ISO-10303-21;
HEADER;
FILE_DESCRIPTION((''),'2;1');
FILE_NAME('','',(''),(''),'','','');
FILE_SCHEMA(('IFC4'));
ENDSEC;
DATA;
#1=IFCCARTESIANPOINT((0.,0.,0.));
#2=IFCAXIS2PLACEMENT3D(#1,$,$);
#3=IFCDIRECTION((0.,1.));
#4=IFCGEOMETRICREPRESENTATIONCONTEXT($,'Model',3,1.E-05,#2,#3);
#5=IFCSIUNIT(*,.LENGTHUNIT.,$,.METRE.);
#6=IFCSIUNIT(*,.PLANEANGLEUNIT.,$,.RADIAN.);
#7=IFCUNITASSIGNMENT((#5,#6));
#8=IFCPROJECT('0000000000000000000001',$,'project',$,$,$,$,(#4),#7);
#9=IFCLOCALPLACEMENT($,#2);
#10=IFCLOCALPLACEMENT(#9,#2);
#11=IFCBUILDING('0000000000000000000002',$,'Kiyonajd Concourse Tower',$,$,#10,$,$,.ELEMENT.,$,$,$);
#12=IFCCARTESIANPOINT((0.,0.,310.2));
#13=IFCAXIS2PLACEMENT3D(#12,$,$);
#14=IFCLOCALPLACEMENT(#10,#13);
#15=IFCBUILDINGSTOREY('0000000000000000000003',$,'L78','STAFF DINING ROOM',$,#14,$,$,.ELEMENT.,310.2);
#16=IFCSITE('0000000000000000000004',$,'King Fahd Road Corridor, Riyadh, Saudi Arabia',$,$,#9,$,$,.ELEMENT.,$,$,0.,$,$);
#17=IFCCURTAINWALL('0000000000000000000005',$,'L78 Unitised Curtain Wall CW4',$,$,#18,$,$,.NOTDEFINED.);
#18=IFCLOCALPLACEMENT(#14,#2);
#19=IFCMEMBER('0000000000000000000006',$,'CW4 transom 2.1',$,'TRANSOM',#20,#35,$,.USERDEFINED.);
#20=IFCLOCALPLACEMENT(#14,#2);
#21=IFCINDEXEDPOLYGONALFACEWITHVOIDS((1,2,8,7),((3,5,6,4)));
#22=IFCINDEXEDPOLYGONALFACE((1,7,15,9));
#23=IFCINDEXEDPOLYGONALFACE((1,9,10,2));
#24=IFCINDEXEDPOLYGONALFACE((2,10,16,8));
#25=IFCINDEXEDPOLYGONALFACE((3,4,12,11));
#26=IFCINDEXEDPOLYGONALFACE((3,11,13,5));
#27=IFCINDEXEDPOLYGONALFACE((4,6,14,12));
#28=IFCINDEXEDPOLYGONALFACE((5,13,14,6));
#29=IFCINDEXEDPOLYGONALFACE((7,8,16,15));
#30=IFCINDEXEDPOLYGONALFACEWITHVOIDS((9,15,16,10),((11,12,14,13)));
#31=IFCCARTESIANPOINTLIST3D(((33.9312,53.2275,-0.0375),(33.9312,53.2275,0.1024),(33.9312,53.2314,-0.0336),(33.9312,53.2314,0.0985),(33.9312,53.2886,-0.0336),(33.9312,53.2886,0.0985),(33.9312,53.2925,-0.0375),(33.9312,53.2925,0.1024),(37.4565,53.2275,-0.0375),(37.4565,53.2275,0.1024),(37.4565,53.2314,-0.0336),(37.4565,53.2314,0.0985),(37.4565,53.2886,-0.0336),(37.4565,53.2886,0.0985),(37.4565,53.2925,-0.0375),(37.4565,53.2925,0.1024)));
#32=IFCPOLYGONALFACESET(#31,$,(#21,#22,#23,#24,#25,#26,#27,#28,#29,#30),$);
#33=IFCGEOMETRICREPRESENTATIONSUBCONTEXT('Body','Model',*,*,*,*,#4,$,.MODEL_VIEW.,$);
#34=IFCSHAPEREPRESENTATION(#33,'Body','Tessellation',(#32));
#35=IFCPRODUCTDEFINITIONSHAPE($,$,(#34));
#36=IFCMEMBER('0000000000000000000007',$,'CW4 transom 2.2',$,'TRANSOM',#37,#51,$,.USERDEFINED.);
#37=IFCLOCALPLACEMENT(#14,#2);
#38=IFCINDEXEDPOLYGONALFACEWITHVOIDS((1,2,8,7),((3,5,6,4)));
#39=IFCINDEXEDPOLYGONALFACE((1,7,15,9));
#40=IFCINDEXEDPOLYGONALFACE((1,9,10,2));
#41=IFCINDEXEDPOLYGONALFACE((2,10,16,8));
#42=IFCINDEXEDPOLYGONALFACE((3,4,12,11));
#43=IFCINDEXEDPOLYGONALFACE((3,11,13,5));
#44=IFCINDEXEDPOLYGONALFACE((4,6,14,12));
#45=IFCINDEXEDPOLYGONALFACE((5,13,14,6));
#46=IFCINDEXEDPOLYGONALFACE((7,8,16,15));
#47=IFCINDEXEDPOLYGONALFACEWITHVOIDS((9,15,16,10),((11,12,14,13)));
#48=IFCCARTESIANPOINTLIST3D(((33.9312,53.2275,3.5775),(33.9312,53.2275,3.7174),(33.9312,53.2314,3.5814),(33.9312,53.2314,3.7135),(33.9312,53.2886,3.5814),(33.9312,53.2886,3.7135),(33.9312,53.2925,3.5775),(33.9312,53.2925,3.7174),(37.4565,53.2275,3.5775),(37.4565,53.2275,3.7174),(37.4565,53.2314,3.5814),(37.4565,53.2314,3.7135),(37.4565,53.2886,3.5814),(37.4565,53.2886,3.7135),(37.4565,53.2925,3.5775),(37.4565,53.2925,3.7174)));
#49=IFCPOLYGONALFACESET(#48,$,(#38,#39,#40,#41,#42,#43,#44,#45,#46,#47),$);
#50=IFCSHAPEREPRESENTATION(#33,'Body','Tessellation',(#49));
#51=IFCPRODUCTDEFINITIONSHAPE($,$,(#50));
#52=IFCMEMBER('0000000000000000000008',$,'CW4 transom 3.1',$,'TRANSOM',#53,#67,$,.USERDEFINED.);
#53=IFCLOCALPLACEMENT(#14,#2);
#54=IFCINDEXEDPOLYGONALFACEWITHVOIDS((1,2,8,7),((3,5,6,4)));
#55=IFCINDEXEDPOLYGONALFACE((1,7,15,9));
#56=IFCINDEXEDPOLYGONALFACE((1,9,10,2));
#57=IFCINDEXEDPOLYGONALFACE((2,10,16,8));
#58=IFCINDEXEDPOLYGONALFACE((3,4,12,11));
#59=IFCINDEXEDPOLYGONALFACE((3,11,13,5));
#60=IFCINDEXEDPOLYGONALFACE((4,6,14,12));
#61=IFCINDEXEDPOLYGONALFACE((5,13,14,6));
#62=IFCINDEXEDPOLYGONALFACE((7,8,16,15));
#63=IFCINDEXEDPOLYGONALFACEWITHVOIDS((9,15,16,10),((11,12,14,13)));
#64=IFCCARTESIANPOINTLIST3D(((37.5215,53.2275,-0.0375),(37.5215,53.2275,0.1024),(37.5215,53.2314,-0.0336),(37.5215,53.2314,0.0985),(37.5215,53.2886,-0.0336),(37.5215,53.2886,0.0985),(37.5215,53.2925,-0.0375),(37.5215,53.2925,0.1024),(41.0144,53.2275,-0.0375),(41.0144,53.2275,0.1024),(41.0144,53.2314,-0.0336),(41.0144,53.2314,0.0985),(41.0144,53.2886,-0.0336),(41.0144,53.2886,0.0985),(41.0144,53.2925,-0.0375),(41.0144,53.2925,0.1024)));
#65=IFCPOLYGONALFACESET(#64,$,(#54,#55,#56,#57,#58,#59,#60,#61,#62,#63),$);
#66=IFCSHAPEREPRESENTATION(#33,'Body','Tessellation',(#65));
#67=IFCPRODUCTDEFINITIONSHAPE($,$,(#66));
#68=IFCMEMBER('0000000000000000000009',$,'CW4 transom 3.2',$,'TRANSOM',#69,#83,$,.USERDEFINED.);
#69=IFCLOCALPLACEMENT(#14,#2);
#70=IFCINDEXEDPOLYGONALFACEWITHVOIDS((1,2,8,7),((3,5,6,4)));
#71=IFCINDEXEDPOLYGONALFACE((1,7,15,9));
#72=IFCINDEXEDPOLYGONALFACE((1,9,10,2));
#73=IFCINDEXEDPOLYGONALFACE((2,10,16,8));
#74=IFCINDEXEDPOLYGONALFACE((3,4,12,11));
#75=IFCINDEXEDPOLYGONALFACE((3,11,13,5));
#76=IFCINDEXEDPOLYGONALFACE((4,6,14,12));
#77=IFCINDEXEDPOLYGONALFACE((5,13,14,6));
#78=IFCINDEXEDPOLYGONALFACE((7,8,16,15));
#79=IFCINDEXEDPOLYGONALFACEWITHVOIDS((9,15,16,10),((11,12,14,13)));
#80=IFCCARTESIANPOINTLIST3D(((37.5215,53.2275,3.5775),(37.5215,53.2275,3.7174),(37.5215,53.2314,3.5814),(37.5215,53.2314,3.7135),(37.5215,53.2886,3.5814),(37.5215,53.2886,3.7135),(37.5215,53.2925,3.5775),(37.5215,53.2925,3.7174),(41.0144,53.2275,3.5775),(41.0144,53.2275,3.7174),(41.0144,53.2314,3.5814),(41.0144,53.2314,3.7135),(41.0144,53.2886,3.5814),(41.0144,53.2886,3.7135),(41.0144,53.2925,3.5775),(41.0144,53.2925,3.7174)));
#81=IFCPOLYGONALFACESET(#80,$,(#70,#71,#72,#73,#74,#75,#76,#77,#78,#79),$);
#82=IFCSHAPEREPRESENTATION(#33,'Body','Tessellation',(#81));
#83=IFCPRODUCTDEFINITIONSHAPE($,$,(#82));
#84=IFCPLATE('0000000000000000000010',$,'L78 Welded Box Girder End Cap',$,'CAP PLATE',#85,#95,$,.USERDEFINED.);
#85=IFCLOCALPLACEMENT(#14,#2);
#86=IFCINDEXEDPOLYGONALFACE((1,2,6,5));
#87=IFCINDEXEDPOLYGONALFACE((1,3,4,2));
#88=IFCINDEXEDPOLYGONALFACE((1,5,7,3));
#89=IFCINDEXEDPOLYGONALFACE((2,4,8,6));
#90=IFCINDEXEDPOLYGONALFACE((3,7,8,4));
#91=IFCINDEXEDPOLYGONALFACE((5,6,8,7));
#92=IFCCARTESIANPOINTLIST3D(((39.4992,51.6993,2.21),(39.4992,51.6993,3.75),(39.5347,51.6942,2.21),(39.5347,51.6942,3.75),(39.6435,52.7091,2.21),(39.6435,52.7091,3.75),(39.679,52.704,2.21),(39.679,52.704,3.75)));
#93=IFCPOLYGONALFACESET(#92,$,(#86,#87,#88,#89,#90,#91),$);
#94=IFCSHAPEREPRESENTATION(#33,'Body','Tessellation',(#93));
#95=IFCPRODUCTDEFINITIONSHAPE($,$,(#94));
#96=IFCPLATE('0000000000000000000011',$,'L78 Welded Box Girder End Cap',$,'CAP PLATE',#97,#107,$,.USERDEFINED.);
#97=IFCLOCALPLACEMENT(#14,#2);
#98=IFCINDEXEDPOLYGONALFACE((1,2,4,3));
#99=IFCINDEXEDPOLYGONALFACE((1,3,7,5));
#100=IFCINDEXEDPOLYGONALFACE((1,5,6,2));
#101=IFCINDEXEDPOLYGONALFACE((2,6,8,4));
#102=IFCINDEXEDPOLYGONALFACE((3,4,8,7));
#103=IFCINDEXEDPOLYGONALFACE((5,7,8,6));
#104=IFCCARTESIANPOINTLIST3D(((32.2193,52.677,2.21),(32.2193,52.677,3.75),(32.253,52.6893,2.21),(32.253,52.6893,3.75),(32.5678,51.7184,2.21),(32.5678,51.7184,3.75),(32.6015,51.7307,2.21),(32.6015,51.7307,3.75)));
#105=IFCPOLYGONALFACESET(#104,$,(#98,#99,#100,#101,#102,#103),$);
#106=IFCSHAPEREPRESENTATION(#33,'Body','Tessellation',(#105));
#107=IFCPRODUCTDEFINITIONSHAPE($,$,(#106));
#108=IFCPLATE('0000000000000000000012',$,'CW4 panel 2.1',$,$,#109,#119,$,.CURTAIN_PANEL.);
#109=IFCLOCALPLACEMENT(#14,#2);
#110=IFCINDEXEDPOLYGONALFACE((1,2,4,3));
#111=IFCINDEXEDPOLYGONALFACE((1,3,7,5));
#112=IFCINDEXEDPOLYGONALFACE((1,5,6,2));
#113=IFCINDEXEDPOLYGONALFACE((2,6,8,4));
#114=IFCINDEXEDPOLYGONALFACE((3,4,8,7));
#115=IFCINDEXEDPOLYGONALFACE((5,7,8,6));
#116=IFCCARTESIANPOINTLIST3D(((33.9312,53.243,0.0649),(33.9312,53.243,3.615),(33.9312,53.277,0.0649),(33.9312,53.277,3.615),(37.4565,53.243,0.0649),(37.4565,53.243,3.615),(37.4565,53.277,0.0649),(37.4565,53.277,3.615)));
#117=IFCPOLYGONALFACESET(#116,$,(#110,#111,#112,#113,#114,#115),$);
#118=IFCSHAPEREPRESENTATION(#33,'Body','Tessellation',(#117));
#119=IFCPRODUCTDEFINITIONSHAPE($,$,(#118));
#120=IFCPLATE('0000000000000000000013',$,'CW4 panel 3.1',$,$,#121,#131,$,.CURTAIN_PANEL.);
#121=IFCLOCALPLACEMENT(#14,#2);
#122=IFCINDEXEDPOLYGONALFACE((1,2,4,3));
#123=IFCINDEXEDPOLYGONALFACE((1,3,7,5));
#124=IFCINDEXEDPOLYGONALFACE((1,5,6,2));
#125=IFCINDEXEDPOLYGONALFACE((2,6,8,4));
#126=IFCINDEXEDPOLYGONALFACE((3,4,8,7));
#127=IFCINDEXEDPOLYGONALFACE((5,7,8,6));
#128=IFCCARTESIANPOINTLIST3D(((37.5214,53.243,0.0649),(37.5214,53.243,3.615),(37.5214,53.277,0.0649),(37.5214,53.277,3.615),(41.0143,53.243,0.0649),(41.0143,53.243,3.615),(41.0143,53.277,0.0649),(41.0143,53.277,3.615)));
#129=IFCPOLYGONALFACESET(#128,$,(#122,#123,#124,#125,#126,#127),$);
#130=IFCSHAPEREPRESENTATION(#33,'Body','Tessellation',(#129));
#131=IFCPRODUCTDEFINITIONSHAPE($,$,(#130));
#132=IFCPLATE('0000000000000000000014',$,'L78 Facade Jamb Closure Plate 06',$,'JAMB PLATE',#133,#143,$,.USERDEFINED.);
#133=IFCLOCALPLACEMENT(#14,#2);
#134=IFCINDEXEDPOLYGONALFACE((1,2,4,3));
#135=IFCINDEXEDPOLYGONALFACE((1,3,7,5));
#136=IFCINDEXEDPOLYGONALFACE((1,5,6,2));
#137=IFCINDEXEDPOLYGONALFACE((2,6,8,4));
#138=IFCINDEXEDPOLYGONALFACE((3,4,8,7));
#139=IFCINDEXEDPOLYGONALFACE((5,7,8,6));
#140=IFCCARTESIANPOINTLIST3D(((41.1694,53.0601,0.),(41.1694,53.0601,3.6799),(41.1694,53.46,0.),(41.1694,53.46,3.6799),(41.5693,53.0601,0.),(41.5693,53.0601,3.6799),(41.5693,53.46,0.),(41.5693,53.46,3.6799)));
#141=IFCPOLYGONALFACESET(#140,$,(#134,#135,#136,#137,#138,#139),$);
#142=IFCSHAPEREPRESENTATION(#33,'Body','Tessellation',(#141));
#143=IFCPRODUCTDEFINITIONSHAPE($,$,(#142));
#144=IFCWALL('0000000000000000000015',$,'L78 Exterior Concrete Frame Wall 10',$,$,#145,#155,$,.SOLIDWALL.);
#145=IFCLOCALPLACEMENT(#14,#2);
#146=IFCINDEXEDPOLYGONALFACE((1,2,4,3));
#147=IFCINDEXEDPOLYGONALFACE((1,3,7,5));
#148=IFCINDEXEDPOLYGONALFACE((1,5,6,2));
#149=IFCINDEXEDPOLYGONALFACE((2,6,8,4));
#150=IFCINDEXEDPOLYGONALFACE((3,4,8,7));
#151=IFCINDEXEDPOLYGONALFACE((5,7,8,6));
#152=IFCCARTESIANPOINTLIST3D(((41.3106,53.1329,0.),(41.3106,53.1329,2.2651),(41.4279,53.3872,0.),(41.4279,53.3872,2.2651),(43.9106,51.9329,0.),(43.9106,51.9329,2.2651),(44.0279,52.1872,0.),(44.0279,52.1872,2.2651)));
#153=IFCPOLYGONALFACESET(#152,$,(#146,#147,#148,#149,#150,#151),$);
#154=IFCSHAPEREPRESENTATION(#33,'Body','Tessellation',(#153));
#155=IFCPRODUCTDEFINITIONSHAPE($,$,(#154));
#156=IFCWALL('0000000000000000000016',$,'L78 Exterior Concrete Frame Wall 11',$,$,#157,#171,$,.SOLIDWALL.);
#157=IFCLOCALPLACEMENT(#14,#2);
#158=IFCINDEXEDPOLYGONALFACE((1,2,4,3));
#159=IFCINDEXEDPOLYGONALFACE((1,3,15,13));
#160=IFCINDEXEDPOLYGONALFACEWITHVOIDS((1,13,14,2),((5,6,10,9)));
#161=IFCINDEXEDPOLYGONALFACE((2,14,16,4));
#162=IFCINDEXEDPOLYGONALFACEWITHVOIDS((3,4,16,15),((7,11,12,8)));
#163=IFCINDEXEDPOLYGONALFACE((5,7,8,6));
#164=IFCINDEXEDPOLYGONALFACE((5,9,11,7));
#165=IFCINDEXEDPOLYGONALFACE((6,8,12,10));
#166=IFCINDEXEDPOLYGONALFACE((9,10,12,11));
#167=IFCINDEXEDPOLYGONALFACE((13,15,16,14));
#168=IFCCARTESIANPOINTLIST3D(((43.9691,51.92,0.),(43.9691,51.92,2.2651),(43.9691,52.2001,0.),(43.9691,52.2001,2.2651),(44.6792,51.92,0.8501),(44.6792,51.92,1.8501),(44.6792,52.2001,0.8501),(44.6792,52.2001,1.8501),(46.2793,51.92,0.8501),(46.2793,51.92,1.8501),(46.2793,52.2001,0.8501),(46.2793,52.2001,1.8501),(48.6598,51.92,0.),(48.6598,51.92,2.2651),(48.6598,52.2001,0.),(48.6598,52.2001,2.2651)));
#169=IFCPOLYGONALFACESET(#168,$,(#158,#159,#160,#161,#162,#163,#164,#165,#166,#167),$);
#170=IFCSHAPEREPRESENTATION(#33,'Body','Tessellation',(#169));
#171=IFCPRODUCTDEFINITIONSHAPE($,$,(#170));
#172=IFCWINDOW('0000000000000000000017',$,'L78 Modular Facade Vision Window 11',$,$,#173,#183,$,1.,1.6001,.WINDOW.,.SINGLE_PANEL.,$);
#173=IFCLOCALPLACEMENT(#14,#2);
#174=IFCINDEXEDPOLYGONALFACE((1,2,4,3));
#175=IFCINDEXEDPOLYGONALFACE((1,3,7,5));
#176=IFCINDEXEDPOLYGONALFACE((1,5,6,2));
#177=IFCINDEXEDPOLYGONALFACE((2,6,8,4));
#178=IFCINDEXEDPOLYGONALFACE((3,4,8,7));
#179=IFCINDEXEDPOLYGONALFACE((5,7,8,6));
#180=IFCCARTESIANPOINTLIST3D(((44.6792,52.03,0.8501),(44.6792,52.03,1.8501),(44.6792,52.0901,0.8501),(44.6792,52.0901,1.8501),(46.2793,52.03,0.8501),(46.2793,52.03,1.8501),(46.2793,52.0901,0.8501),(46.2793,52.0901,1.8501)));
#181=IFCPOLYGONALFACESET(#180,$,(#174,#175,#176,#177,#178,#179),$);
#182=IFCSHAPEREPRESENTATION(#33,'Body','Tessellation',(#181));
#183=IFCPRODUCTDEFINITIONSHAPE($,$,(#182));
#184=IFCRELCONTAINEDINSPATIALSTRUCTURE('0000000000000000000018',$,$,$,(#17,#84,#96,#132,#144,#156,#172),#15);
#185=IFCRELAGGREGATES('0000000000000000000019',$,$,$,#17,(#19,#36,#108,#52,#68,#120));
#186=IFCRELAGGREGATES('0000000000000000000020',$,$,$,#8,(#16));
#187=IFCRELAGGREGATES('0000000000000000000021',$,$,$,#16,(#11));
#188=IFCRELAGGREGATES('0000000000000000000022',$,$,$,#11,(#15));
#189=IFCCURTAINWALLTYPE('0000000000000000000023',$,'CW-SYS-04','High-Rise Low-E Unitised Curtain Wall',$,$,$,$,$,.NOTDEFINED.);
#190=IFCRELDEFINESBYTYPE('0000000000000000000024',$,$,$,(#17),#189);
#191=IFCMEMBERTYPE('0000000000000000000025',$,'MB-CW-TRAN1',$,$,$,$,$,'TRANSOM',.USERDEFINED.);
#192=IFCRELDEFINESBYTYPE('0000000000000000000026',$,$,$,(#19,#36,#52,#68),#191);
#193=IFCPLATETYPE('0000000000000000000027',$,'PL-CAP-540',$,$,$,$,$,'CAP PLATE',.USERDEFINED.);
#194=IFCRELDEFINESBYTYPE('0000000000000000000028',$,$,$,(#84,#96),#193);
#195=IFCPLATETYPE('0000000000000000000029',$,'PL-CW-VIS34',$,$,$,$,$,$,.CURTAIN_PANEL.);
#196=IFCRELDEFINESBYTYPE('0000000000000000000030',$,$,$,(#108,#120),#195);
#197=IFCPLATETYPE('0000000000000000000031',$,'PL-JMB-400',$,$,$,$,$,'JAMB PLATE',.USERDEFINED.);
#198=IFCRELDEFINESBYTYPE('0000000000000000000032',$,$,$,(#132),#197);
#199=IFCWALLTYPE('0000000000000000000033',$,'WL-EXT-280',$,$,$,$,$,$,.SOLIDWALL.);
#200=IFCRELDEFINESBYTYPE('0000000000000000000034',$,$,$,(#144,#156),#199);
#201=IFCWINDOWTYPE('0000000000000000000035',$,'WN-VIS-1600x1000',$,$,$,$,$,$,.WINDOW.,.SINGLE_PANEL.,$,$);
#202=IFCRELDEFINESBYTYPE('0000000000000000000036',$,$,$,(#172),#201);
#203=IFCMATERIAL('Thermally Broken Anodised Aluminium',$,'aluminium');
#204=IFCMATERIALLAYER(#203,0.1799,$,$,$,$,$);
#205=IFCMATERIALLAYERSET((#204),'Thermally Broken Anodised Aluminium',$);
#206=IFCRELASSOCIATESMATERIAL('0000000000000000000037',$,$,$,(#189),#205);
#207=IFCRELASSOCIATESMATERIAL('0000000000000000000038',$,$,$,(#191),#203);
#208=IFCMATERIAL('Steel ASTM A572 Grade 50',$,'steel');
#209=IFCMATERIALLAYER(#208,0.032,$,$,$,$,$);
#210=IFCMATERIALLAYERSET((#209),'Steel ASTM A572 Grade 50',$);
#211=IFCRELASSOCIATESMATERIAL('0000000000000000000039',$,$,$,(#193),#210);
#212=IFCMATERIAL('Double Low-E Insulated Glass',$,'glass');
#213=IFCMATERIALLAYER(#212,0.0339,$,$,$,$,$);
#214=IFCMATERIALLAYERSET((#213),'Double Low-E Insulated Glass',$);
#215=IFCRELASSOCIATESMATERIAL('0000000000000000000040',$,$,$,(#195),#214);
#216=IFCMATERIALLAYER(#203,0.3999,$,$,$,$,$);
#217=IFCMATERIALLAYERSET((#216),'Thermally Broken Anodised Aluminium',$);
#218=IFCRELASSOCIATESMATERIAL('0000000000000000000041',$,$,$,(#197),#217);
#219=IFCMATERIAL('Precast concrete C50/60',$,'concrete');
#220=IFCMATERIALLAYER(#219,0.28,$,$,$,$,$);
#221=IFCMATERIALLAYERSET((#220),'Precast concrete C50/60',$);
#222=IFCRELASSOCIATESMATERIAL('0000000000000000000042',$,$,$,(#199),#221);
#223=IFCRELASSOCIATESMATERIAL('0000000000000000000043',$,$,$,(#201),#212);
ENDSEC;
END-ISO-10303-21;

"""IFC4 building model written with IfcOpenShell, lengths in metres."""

from ifc_helpers import new_model, si_unit, direction, frame, frame_2d, origin, origin_2d, place, context, subcontext, project, spatial, rectangle, hollow_rectangle, extrude, material, layer, layer_set, material_profile, profile_set, type_object, element, fill, aggregate, save


model = new_model("IFC4")

# Units and contexts
model_context = context("Model", 3, precision=1e-05, world=origin(), true_north=direction((0.0, 1.0)))
body_context = subcontext(model_context, "Body", "Model", "MODEL_VIEW")
ifc_project = project(units=[si_unit("LENGTHUNIT", "METRE"), si_unit("PLANEANGLEUNIT", "RADIAN")], contexts=[model_context])

# Site, building, storey
site_placement = place(None, origin())
site = spatial("IfcSite", under=ifc_project, at=site_placement, Name="King Fahd Road Corridor, Riyadh, Saudi Arabia", CompositionType="ELEMENT", RefElevation=0.0)
building_placement = place(site_placement, origin())
building = spatial("IfcBuilding", under=site, at=building_placement, Name="Kiyonajd Concourse Tower", CompositionType="ELEMENT")
storey_placement = place(building_placement, frame((0.0, 0.0, 310.2)))
storey = spatial("IfcBuildingStorey", under=building, at=storey_placement, Name="L78", Description="STAFF DINING ROOM", CompositionType="ELEMENT", Elevation=310.2)

# Curtain wall, members
ifc_material_1 = material(Name="Thermally Broken Anodised Aluminium", Category="aluminium")
ifc_layer_1 = layer(ifc_material_1, 0.1799)
ifc_layer_set_1 = layer_set([ifc_layer_1], Name="Thermally Broken Anodised Aluminium")
curtain_wall_type = type_object("IfcCurtainWallType", Name="CW-SYS-04", Description="High-Rise Low-E Unitised Curtain Wall", PredefinedType="NOTDEFINED", material=ifc_layer_set_1)
curtain_wall_placement = place(storey_placement, origin())
curtain_wall = element("IfcCurtainWall", 1, at=curtain_wall_placement, inside=storey, type_object=curtain_wall_type, Name="L78 Unitised Curtain Wall CW4", PredefinedType="NOTDEFINED")
ifc_material_profile_1 = material_profile(ifc_material_1, hollow_rectangle(XDim=0.0649, YDim=0.1399, WallThickness=0.0039, at=origin_2d()), Name="TRAN-65x140")
ifc_profile_set_1 = profile_set([ifc_material_profile_1], Name="Thermally Broken Anodised Aluminium")
member_type_1 = type_object("IfcMemberType", Name="MB-CW-TRAN1", ElementType="TRANSOM", PredefinedType="USERDEFINED", material=ifc_profile_set_1)
member_1_placement = place(storey_placement, frame((33.9312, 53.26, 0.0325), z_axis=(1.0, 0.0, 0.0), x_axis=(0.0, 1.0, 0.0)))
member_1 = element("IfcMember", 2, at=member_1_placement, type_object=member_type_1, Name="CW4 transom 2.1", ObjectType="TRANSOM", PredefinedType="USERDEFINED", context=body_context, shape_type="SweptSolid", body=[
    extrude(hollow_rectangle(XDim=0.0649, YDim=0.1399, WallThickness=0.0039, at=origin_2d()), origin(), (0.0, 0.0, 1.0), 3.5254),
])
member_2_placement = place(storey_placement, frame((33.9312, 53.26, 3.6475), z_axis=(1.0, 0.0, 0.0), x_axis=(0.0, 1.0, 0.0)))
member_2 = element("IfcMember", 3, at=member_2_placement, type_object=member_type_1, Name="CW4 transom 2.2", ObjectType="TRANSOM", PredefinedType="USERDEFINED", context=body_context, shape_type="SweptSolid", body=[
    extrude(hollow_rectangle(XDim=0.0649, YDim=0.1399, WallThickness=0.0039, at=origin_2d()), origin(), (0.0, 0.0, 1.0), 3.5254),
])
member_3_placement = place(storey_placement, frame((37.5215, 53.26, 0.0325), z_axis=(1.0, 0.0, 0.0), x_axis=(0.0, 1.0, 0.0)))
member_3 = element("IfcMember", 4, at=member_3_placement, type_object=member_type_1, Name="CW4 transom 3.1", ObjectType="TRANSOM", PredefinedType="USERDEFINED", context=body_context, shape_type="SweptSolid", body=[
    extrude(hollow_rectangle(XDim=0.0649, YDim=0.1399, WallThickness=0.0039, at=origin_2d()), origin(), (0.0, 0.0, 1.0), 3.4929),
])
member_4_placement = place(storey_placement, frame((37.5215, 53.26, 3.6475), z_axis=(1.0, 0.0, 0.0), x_axis=(0.0, 1.0, 0.0)))
member_4 = element("IfcMember", 5, at=member_4_placement, type_object=member_type_1, Name="CW4 transom 3.2", ObjectType="TRANSOM", PredefinedType="USERDEFINED", context=body_context, shape_type="SweptSolid", body=[
    extrude(hollow_rectangle(XDim=0.0649, YDim=0.1399, WallThickness=0.0039, at=origin_2d()), origin(), (0.0, 0.0, 1.0), 3.4929),
])

# Plates
ifc_material_2 = material(Name="Steel ASTM A572 Grade 50", Category="steel")
ifc_layer_2 = layer(ifc_material_2, 0.032)
ifc_layer_set_2 = layer_set([ifc_layer_2], Name="Steel ASTM A572 Grade 50")
plate_type_1 = type_object("IfcPlateType", Name="PL-CAP-540", ElementType="CAP PLATE", PredefinedType="USERDEFINED", material=ifc_layer_set_2)
for number, where, z_axis, x_axis, name in (
    (6, (39.5891, 52.2017, 2.21), (0.0, 0.0, 1.0), (-0.98995, 0.14142, 0.0), "L78 Welded Box Girder End Cap"),
    (7, (32.4104, 52.2039, 2.21), (0.0, 0.0, 1.0), (0.939812, 0.341692, 0.0), "L78 Welded Box Girder End Cap"),
):
    element("IfcPlate", number, at=place(storey_placement, frame(where, z_axis=z_axis, x_axis=x_axis)), inside=storey, type_object=plate_type_1, Name=name, ObjectType="CAP PLATE", PredefinedType="USERDEFINED", context=body_context, shape_type="SweptSolid", body=[
        extrude(rectangle(XDim=0.0359, YDim=1.02, at=origin_2d()), origin(), (0.0, 0.0, 1.0), 1.54),
    ])

# Plates
ifc_material_3 = material(Name="Double Low-E Insulated Glass", Category="glass")
ifc_layer_3 = layer(ifc_material_3, 0.0339)
ifc_layer_set_3 = layer_set([ifc_layer_3], Name="Double Low-E Insulated Glass")
plate_type_2 = type_object("IfcPlateType", Name="PL-CW-VIS34", PredefinedType="CURTAIN_PANEL", material=ifc_layer_set_3)
plate_1_placement = place(storey_placement, frame((35.6938, 53.26, 0.0649), z_axis=(0.0, 0.0, 1.0), x_axis=(1.0, 0.0, 0.0)))
plate_1 = element("IfcPlate", 8, at=plate_1_placement, type_object=plate_type_2, Name="CW4 panel 2.1", PredefinedType="CURTAIN_PANEL", context=body_context, shape_type="SweptSolid", body=[
    extrude(rectangle(XDim=3.5254, YDim=0.0339, at=origin_2d()), origin(), (0.0, 0.0, 1.0), 3.55),
])
plate_2_placement = place(storey_placement, frame((39.2678, 53.26, 0.0649), z_axis=(0.0, 0.0, 1.0), x_axis=(1.0, 0.0, 0.0)))
plate_2 = element("IfcPlate", 9, at=plate_2_placement, type_object=plate_type_2, Name="CW4 panel 3.1", PredefinedType="CURTAIN_PANEL", context=body_context, shape_type="SweptSolid", body=[
    extrude(rectangle(XDim=3.4929, YDim=0.0339, at=origin_2d()), origin(), (0.0, 0.0, 1.0), 3.55),
])
aggregate(curtain_wall, [member_1, member_2, plate_1, member_3, member_4, plate_2])
ifc_layer_4 = layer(ifc_material_1, 0.3999)
ifc_layer_set_4 = layer_set([ifc_layer_4], Name="Thermally Broken Anodised Aluminium")
plate_type_3 = type_object("IfcPlateType", Name="PL-JMB-400", ElementType="JAMB PLATE", PredefinedType="USERDEFINED", material=ifc_layer_set_4)
plate_3_placement = place(storey_placement, frame((41.3694, 53.26, 0.0), z_axis=(0.0, 0.0, 1.0), x_axis=(1.0, 0.0, 0.0)))
element("IfcPlate", 10, at=plate_3_placement, inside=storey, type_object=plate_type_3, Name="L78 Facade Jamb Closure Plate 06", ObjectType="JAMB PLATE", PredefinedType="USERDEFINED", context=body_context, shape_type="SweptSolid", body=[
    extrude(rectangle(XDim=0.3999, YDim=0.3999, at=origin_2d()), origin(), (0.0, 0.0, 1.0), 3.6799),
])

# Wall
ifc_material_4 = material(Name="Precast concrete C50/60", Category="concrete")
ifc_layer_5 = layer(ifc_material_4, 0.28)
ifc_layer_set_5 = layer_set([ifc_layer_5], Name="Precast concrete C50/60")
wall_type_1 = type_object("IfcWallType", Name="WL-EXT-280", PredefinedType="SOLIDWALL", material=ifc_layer_set_5)
wall_1_placement = place(storey_placement, frame((41.3694, 53.26, 0.0), z_axis=(0.0, 0.0, 1.0), x_axis=(0.907957, -0.419064, 0.0)))
element("IfcWall", 11, at=wall_1_placement, inside=storey, type_object=wall_type_1, Name="L78 Exterior Concrete Frame Wall 10", PredefinedType="SOLIDWALL", context=body_context, shape_type="SweptSolid", body=[
    extrude(rectangle(XDim=2.8635, YDim=0.28, at=frame_2d((1.4316, 0.0))), origin(), (0.0, 0.0, 1.0), 2.2651),
])

# Wall, opening, window
wall_2_placement = place(storey_placement, frame((43.9692, 52.0601, 0.0), z_axis=(0.0, 0.0, 1.0), x_axis=(1.0, 0.0, 0.0)))
wall_2 = element("IfcWall", 12, at=wall_2_placement, inside=storey, type_object=wall_type_1, Name="L78 Exterior Concrete Frame Wall 11", PredefinedType="SOLIDWALL", context=body_context, shape_type="SweptSolid", body=[
    extrude(rectangle(XDim=4.6907, YDim=0.28, at=frame_2d((2.3452, 0.0))), origin(), (0.0, 0.0, 1.0), 2.2651),
])
opening_placement = place(wall_2_placement, frame((0.71, 0.0, 0.8501)))
opening = element("IfcOpeningElement", 13, at=opening_placement, cuts=wall_2, PredefinedType="OPENING", context=body_context, shape_type="SweptSolid", body=[
    extrude(rectangle(XDim=1.6001, YDim=1.0, at=frame_2d((0.8, 0.5))), frame((0.0, 0.1499, 0.0), z_axis=(0.0, -1.0, 0.0), x_axis=(1.0, 0.0, 0.0)), (0.0, 0.0, 1.0), 0.3),
])
window_type = type_object("IfcWindowType", Name="WN-VIS-1600x1000", PartitioningType="SINGLE_PANEL", PredefinedType="WINDOW", material=ifc_material_3)
window_placement = place(opening_placement, origin())
window = element("IfcWindow", 14, at=window_placement, inside=storey, type_object=window_type, Name="L78 Modular Facade Vision Window 11", OverallHeight=1.0, OverallWidth=1.6001, PartitioningType="SINGLE_PANEL", PredefinedType="WINDOW", context=body_context, shape_type="SweptSolid", body=[
    extrude(rectangle(XDim=1.6001, YDim=1.0, at=frame_2d((0.8, 0.5))), frame((0.0, 0.03, 0.0), z_axis=(0.0, -1.0, 0.0), x_axis=(1.0, 0.0, 0.0)), (0.0, 0.0, 1.0), 0.0601),
])
fill(opening, window)

save(model, "model.ifc")
